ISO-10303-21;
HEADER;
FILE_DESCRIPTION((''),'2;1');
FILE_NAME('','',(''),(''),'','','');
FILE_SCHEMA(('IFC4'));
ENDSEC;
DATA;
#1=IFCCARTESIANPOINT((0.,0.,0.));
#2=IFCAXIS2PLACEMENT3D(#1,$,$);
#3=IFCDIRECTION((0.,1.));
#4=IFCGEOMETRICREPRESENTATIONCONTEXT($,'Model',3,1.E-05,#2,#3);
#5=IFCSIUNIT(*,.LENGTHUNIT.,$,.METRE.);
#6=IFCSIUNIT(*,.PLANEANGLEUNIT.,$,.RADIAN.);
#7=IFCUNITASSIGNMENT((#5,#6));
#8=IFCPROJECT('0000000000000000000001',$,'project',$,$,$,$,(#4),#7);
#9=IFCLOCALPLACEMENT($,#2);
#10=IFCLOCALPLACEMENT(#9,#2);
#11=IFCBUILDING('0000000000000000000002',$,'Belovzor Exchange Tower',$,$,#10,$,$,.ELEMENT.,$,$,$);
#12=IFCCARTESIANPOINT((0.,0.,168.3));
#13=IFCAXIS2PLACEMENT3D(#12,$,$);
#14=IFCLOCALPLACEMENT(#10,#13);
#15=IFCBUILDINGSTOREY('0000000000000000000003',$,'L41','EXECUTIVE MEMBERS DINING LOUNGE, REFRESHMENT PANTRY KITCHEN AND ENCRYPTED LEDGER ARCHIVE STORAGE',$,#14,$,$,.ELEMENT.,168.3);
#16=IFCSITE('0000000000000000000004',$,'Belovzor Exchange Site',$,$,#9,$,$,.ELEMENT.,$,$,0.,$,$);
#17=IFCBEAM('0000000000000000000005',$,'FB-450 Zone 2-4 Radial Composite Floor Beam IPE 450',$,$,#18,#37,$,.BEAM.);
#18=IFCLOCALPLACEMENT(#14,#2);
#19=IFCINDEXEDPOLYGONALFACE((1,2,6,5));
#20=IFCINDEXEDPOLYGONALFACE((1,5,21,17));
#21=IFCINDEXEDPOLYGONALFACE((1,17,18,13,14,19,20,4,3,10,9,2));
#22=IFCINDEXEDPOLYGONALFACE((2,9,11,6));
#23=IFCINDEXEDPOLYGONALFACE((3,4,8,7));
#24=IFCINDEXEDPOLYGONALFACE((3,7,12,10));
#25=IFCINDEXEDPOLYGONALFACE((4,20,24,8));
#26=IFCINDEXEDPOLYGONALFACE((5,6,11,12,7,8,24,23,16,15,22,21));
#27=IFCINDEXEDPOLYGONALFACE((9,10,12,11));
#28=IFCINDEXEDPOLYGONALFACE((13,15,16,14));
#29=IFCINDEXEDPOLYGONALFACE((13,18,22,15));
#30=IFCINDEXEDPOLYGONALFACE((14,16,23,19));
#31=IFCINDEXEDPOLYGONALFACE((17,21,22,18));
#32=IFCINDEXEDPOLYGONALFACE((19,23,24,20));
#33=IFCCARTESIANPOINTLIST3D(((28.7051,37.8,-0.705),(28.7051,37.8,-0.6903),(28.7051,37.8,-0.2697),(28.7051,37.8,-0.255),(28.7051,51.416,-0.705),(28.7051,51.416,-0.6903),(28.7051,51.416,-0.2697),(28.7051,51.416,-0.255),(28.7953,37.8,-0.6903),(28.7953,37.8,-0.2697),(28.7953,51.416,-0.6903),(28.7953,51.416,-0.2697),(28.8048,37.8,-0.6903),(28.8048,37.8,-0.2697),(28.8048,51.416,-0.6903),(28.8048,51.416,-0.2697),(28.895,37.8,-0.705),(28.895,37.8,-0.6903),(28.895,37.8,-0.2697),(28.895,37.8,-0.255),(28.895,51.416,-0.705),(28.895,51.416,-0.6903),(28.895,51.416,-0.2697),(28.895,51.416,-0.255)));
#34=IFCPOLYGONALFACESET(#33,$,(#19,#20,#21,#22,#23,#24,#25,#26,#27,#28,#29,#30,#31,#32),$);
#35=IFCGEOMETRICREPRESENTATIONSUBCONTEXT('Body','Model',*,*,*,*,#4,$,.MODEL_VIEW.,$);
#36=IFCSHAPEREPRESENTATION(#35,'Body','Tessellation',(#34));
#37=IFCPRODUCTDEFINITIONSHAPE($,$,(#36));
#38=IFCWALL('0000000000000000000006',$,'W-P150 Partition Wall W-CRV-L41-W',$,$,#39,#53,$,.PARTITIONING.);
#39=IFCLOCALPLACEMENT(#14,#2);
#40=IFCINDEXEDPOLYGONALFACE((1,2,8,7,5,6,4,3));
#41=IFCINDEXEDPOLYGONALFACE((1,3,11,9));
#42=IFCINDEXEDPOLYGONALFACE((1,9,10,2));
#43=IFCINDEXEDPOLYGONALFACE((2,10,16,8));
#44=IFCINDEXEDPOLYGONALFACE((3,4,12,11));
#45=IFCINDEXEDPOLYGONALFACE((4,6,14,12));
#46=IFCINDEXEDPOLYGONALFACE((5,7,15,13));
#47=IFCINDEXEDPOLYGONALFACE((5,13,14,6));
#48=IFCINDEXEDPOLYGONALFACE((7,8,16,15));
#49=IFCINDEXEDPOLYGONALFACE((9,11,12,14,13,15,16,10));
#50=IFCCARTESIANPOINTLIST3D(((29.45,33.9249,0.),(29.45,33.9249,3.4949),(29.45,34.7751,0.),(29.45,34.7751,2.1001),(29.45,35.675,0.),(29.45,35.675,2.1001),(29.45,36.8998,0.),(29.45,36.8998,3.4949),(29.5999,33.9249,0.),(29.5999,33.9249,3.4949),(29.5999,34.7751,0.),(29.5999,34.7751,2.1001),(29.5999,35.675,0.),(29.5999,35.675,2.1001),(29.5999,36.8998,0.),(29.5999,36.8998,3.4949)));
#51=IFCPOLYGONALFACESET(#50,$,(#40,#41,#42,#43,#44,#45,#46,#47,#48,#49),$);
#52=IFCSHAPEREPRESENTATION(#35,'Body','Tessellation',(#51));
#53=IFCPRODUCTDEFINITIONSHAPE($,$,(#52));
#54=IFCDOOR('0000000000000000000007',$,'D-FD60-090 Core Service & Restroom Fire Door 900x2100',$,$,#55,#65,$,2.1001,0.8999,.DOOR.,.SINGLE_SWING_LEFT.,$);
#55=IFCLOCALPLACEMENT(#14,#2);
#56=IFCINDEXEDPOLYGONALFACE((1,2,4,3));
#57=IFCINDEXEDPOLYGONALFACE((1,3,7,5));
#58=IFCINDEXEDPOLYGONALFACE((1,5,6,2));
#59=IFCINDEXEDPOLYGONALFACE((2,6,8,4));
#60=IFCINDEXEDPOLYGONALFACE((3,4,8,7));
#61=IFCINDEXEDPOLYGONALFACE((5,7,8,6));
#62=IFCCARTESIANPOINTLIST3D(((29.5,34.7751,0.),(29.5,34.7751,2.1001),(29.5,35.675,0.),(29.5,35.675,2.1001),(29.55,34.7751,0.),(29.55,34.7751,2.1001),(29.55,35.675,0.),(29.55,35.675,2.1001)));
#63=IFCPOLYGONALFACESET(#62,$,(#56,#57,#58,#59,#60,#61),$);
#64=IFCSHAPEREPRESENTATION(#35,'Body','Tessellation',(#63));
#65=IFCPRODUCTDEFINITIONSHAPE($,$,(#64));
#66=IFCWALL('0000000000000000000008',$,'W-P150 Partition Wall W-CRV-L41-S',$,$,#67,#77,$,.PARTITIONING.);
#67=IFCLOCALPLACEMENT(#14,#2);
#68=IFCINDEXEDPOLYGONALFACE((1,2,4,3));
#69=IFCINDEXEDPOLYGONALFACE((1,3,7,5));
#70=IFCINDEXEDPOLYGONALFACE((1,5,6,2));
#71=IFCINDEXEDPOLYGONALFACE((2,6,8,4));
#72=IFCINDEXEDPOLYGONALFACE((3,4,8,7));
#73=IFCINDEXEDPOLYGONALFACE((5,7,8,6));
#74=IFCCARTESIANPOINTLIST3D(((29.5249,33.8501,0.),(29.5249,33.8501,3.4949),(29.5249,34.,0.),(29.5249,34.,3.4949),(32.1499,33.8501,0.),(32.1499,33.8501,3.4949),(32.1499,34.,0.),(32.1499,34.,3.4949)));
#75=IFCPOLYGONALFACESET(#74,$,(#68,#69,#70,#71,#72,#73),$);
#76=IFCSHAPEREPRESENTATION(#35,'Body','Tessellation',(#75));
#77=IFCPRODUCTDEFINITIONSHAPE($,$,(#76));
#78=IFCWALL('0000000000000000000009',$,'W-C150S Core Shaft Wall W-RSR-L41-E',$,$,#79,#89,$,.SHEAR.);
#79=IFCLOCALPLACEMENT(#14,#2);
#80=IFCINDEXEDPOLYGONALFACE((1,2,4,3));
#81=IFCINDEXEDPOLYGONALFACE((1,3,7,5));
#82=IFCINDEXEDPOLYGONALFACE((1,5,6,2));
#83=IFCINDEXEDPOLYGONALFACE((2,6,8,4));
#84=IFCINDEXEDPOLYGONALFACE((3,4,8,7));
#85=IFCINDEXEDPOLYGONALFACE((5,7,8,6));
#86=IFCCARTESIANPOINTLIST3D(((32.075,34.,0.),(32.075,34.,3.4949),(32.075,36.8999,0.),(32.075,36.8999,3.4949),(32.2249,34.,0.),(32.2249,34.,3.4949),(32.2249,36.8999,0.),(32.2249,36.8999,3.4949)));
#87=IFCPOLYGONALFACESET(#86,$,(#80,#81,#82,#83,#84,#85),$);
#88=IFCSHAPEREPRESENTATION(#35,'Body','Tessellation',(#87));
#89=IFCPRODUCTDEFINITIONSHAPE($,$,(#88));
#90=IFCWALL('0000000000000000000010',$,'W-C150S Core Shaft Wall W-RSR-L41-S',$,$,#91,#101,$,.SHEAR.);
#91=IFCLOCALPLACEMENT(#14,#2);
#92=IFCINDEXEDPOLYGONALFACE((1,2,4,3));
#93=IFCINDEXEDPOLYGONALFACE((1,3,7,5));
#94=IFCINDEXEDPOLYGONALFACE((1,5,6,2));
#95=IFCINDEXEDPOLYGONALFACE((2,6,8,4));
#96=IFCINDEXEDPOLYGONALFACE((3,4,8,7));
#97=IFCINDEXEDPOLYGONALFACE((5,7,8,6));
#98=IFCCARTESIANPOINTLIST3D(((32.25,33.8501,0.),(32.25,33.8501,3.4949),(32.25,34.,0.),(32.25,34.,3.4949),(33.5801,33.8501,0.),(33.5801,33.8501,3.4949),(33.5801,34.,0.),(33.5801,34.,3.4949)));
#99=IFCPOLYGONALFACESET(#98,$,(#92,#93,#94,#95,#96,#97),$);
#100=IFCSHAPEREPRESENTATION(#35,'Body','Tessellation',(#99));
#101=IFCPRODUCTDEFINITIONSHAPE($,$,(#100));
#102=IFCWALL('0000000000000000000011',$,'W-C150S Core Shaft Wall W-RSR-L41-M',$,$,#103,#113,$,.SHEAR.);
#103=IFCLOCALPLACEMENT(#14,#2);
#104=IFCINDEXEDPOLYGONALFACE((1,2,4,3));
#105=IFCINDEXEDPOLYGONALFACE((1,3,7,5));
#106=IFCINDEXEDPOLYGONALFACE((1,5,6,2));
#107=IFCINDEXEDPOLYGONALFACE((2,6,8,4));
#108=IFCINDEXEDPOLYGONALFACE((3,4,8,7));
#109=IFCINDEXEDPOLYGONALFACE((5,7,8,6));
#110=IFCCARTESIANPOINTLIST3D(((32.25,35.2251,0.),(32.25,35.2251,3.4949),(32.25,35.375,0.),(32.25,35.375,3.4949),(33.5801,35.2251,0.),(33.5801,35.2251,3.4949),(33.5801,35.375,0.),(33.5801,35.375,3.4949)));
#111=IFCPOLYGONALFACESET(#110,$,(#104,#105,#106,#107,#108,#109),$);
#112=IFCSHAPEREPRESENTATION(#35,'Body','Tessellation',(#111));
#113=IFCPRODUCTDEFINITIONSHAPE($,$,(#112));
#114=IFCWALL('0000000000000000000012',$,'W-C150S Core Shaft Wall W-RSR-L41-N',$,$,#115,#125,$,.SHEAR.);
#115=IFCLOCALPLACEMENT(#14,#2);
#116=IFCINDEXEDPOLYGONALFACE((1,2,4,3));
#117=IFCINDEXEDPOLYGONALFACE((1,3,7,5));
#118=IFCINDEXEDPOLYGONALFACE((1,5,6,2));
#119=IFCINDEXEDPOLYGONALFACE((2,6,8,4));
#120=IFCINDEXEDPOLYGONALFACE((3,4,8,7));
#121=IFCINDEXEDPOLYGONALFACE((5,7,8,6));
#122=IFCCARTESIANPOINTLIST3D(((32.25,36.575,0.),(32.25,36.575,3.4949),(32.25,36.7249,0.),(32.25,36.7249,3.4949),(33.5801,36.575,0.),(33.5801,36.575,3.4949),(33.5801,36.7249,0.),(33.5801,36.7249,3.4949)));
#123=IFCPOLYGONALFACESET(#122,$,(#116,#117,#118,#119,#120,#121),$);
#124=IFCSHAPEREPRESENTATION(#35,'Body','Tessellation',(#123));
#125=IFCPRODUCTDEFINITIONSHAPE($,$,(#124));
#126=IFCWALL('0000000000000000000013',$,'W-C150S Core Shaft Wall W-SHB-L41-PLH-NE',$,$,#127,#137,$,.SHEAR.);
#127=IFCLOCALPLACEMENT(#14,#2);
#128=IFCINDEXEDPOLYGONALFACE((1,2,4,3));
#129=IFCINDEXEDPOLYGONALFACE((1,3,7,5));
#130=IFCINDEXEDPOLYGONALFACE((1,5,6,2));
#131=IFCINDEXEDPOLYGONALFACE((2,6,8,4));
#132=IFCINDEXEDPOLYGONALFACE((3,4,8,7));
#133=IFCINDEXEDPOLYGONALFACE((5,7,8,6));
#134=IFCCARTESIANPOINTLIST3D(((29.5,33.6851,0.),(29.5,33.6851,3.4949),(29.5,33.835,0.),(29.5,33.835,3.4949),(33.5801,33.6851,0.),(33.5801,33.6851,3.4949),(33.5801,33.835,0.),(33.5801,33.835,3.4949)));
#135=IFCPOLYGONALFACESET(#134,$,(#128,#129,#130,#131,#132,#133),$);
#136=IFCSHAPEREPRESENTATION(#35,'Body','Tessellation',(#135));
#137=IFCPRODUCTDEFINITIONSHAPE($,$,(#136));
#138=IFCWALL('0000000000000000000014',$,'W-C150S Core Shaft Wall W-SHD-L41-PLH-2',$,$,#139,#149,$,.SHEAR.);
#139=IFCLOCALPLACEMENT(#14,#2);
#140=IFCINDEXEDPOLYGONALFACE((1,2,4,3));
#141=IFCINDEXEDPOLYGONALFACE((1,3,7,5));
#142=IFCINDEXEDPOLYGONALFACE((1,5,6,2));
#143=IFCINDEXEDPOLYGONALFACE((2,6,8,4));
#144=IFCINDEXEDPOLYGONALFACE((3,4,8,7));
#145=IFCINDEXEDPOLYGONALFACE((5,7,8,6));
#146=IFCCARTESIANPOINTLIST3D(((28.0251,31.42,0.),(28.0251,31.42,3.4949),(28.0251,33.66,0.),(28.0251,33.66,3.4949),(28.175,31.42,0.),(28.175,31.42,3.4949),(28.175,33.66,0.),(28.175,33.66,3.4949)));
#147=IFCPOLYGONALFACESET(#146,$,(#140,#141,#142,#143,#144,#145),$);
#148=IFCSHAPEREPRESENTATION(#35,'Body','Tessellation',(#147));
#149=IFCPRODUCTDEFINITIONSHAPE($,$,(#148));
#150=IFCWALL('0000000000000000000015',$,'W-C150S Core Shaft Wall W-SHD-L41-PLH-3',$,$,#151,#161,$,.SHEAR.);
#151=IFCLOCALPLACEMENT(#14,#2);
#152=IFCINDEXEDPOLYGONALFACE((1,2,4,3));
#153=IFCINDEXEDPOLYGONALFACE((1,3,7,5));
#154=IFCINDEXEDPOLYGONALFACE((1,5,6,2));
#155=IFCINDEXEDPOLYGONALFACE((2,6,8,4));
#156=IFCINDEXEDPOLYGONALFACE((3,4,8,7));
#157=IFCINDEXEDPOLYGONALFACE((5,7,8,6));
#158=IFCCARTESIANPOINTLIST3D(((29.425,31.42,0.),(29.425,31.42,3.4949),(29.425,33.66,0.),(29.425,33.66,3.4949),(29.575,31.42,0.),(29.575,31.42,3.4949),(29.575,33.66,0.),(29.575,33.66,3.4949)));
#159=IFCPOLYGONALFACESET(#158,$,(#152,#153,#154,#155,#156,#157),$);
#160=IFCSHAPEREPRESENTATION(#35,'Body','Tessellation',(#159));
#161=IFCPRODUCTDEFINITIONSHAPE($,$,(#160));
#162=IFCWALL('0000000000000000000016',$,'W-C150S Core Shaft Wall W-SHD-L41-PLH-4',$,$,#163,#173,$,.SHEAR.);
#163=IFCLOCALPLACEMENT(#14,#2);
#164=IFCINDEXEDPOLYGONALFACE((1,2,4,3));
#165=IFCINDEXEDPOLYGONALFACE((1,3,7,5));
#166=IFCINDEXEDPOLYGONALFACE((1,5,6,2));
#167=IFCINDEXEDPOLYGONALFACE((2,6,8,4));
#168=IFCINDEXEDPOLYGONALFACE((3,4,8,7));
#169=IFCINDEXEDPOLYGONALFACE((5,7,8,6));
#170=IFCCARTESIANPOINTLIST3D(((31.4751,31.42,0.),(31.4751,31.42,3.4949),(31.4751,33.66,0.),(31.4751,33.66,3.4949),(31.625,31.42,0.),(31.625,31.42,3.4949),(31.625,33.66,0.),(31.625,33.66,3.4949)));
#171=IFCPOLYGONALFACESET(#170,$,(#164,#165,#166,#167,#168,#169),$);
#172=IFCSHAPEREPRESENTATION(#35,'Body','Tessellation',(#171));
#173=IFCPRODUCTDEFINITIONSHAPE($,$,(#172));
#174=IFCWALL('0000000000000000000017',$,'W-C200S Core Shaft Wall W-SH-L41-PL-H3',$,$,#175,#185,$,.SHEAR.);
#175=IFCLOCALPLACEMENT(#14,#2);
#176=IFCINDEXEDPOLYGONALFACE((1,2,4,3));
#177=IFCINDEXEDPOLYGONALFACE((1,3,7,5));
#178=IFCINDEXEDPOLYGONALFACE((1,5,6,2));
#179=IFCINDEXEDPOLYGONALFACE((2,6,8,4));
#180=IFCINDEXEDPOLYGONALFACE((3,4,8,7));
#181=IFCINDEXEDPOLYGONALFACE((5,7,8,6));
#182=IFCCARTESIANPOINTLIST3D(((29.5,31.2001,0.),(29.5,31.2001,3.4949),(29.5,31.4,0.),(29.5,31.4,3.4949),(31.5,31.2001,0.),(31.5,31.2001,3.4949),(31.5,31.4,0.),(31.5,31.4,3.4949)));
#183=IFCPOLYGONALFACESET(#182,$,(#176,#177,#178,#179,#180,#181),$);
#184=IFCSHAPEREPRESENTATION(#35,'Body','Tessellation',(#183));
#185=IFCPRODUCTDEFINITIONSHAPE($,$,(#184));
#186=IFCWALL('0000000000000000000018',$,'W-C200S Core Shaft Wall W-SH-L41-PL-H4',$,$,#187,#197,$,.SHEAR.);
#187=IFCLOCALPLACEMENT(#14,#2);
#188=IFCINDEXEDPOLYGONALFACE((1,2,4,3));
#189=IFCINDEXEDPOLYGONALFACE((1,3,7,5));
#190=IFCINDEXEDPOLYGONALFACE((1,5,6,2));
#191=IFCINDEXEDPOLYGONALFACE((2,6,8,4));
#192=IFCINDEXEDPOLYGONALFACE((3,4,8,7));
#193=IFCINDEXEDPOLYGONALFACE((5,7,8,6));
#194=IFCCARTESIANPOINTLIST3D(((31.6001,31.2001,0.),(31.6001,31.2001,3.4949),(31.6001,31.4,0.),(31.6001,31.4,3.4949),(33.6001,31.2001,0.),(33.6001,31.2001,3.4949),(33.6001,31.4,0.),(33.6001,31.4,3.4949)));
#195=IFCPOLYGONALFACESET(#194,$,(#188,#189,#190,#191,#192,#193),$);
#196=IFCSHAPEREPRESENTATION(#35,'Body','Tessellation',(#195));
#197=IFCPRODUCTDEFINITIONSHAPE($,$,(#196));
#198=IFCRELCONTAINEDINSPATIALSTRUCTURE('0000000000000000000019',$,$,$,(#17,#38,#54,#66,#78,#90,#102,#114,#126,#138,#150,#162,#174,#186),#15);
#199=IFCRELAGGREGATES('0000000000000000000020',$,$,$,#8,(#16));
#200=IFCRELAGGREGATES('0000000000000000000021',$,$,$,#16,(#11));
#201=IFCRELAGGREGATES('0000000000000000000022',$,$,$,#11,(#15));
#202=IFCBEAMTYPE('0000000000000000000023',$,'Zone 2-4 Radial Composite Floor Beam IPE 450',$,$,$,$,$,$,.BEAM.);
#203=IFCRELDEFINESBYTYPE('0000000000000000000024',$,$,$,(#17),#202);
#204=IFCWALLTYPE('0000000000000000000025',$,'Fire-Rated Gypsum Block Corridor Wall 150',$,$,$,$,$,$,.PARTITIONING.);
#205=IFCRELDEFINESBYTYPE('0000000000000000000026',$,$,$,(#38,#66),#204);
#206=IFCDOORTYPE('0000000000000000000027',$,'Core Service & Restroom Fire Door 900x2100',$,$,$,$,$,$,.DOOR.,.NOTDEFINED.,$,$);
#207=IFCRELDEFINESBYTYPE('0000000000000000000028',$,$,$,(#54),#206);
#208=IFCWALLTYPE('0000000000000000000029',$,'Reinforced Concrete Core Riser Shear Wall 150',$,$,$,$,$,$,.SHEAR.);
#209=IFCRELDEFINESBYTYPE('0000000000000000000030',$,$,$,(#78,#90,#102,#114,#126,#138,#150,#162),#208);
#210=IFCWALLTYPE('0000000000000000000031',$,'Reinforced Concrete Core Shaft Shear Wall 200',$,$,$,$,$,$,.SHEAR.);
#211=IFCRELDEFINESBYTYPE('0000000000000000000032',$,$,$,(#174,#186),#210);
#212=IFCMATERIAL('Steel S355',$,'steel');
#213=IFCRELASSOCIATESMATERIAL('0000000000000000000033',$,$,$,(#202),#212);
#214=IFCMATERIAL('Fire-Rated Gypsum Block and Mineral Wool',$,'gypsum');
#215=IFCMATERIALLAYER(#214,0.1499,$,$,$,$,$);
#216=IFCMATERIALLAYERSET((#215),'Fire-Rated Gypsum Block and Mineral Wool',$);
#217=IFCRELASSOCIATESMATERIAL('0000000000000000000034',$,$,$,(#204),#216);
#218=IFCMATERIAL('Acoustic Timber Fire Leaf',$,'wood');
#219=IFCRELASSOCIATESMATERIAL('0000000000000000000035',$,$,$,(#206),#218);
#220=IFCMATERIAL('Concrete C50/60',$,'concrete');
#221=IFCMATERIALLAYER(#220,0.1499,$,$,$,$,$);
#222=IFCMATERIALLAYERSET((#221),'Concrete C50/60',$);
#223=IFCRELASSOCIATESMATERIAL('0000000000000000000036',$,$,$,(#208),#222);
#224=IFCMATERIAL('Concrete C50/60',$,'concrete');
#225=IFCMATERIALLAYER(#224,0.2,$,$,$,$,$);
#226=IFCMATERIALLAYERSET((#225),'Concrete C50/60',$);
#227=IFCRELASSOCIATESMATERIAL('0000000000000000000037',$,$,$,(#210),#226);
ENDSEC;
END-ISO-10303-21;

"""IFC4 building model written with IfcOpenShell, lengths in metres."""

from ifc_helpers import new_model, si_unit, direction, frame, frame_2d, origin, origin_2d, place, context, subcontext, project, spatial, rectangle, i_section, extrude, material, layer, layer_set, material_profile, profile_set, type_object, element, fill, save


model = new_model("IFC4")

# Units and contexts
model_context = context("Model", 3, precision=1e-05, world=origin(), true_north=direction((0.0, 1.0)))
body_context = subcontext(model_context, "Body", "Model", "MODEL_VIEW")
ifc_project = project(units=[si_unit("LENGTHUNIT", "METRE"), si_unit("PLANEANGLEUNIT", "RADIAN")], contexts=[model_context])

# Site, building, storey
site_placement = place(None, origin())
site = spatial("IfcSite", under=ifc_project, at=site_placement, Name="Belovzor Exchange Site", CompositionType="ELEMENT", RefElevation=0.0)
building_placement = place(site_placement, origin())
building = spatial("IfcBuilding", under=site, at=building_placement, Name="Belovzor Exchange Tower", CompositionType="ELEMENT")
storey_placement = place(building_placement, frame((0.0, 0.0, 168.3)))
storey = spatial("IfcBuildingStorey", under=building, at=storey_placement, Name="L41", Description="EXECUTIVE MEMBERS DINING LOUNGE, REFRESHMENT PANTRY KITCHEN AND ENCRYPTED LEDGER ARCHIVE STORAGE", CompositionType="ELEMENT", Elevation=168.3)

# Beam
ifc_material_1 = material(Name="Steel S355", Category="steel")
ifc_material_profile = material_profile(ifc_material_1, i_section(OverallWidth=0.1899, OverallDepth=0.45, WebThickness=0.0095, FlangeThickness=0.0146, at=origin_2d()))
ifc_profile_set = profile_set([ifc_material_profile], Name="Steel S355")
beam_type = type_object("IfcBeamType", Name="Zone 2-4 Radial Composite Floor Beam IPE 450", PredefinedType="BEAM", material=ifc_profile_set)
beam_placement = place(storey_placement, frame((28.8, 37.8, -0.48), z_axis=(0.0, 1.0, 0.0), x_axis=(-1.0, 0.0, 0.0)))
element("IfcBeam", 1, at=beam_placement, inside=storey, type_object=beam_type, Name="FB-450 Zone 2-4 Radial Composite Floor Beam IPE 450", PredefinedType="BEAM", context=body_context, shape_type="SweptSolid", body=[
    extrude(i_section(OverallWidth=0.1899, OverallDepth=0.45, WebThickness=0.0095, FlangeThickness=0.0146, at=origin_2d()), origin(), (0.0, 0.0, 1.0), 13.616),
])

# Wall, opening, door
ifc_material_2 = material(Name="Fire-Rated Gypsum Block and Mineral Wool", Category="gypsum")
ifc_layer_1 = layer(ifc_material_2, 0.1499)
ifc_layer_set_1 = layer_set([ifc_layer_1], Name="Fire-Rated Gypsum Block and Mineral Wool")
wall_type_1 = type_object("IfcWallType", Name="Fire-Rated Gypsum Block Corridor Wall 150", PredefinedType="PARTITIONING", material=ifc_layer_set_1)
wall_1_placement = place(storey_placement, frame((29.5249, 33.925, 0.0), z_axis=(0.0, 0.0, 1.0), x_axis=(0.0, 1.0, 0.0)))
wall_1 = element("IfcWall", 2, at=wall_1_placement, inside=storey, type_object=wall_type_1, Name="W-P150 Partition Wall W-CRV-L41-W", PredefinedType="PARTITIONING", context=body_context, shape_type="SweptSolid", body=[
    extrude(rectangle(XDim=2.9749, YDim=0.1499, at=frame_2d((1.4873, 0.0))), origin(), (0.0, 0.0, 1.0), 3.4949),
])
opening_placement = place(wall_1_placement, frame((0.8501, 0.0, 0.0)))
opening = element("IfcOpeningElement", 3, at=opening_placement, cuts=wall_1, PredefinedType="OPENING", context=body_context, shape_type="SweptSolid", body=[
    extrude(rectangle(XDim=0.8999, YDim=2.1001, at=frame_2d((0.45, 1.05))), frame((0.0, 0.085, 0.0), z_axis=(0.0, -1.0, 0.0), x_axis=(1.0, 0.0, 0.0)), (0.0, 0.0, 1.0), 0.1699),
])
ifc_material_3 = material(Name="Acoustic Timber Fire Leaf", Category="wood")
door_type = type_object("IfcDoorType", Name="Core Service & Restroom Fire Door 900x2100", OperationType="NOTDEFINED", PredefinedType="DOOR", material=ifc_material_3)
door_placement = place(opening_placement, origin())
door = element("IfcDoor", 4, at=door_placement, inside=storey, type_object=door_type, Name="D-FD60-090 Core Service & Restroom Fire Door 900x2100", OperationType="SINGLE_SWING_LEFT", OverallHeight=2.1001, OverallWidth=0.8999, PredefinedType="DOOR", context=body_context, shape_type="SweptSolid", body=[
    extrude(rectangle(XDim=0.8999, YDim=2.1001, at=frame_2d((0.45, 1.05))), frame((0.0, 0.0249, 0.0), z_axis=(0.0, -1.0, 0.0), x_axis=(1.0, 0.0, 0.0)), (0.0, 0.0, 1.0), 0.05),
])
fill(opening, door)

# Walls
wall_2_placement = place(storey_placement, frame((29.5249, 33.925, 0.0), z_axis=(0.0, 0.0, 1.0), x_axis=(1.0, 0.0, 0.0)))
element("IfcWall", 5, at=wall_2_placement, inside=storey, type_object=wall_type_1, Name="W-P150 Partition Wall W-CRV-L41-S", PredefinedType="PARTITIONING", context=body_context, shape_type="SweptSolid", body=[
    extrude(rectangle(XDim=2.625, YDim=0.1499, at=frame_2d((1.3125, 0.0))), origin(), (0.0, 0.0, 1.0), 3.4949),
])
ifc_material_4 = material(Name="Concrete C50/60", Category="concrete")
ifc_layer_2 = layer(ifc_material_4, 0.1499)
ifc_layer_set_2 = layer_set([ifc_layer_2], Name="Concrete C50/60")
wall_type_2 = type_object("IfcWallType", Name="Reinforced Concrete Core Riser Shear Wall 150", PredefinedType="SHEAR", material=ifc_layer_set_2)
wall_3_placement = place(storey_placement, frame((32.1499, 34.0, 0.0), z_axis=(0.0, 0.0, 1.0), x_axis=(0.0, 1.0, 0.0)))
element("IfcWall", 6, at=wall_3_placement, inside=storey, type_object=wall_type_2, Name="W-C150S Core Shaft Wall W-RSR-L41-E", PredefinedType="SHEAR", context=body_context, shape_type="SweptSolid", body=[
    extrude(rectangle(XDim=2.8999, YDim=0.1499, at=frame_2d((1.45, 0.0))), origin(), (0.0, 0.0, 1.0), 3.4949),
])
for number, where, z_axis, x_axis, name in (
    (7, (32.25, 33.925, 0.0), (0.0, 0.0, 1.0), (1.0, 0.0, 0.0), "W-C150S Core Shaft Wall W-RSR-L41-S"),
    (8, (32.25, 35.3, 0.0), (0.0, 0.0, 1.0), (1.0, 0.0, 0.0), "W-C150S Core Shaft Wall W-RSR-L41-M"),
    (9, (32.25, 36.6499, 0.0), (0.0, 0.0, 1.0), (1.0, 0.0, 0.0), "W-C150S Core Shaft Wall W-RSR-L41-N"),
):
    element("IfcWall", number, at=place(storey_placement, frame(where, z_axis=z_axis, x_axis=x_axis)), inside=storey, type_object=wall_type_2, Name=name, PredefinedType="SHEAR", context=body_context, shape_type="SweptSolid", body=[
        extrude(rectangle(XDim=1.3301, YDim=0.1499, at=frame_2d((0.665, 0.0))), origin(), (0.0, 0.0, 1.0), 3.4949),
    ])
wall_4_placement = place(storey_placement, frame((29.5, 33.76, 0.0), z_axis=(0.0, 0.0, 1.0), x_axis=(1.0, 0.0, 0.0)))
element("IfcWall", 10, at=wall_4_placement, inside=storey, type_object=wall_type_2, Name="W-C150S Core Shaft Wall W-SHB-L41-PLH-NE", PredefinedType="SHEAR", context=body_context, shape_type="SweptSolid", body=[
    extrude(rectangle(XDim=4.0801, YDim=0.1499, at=frame_2d((2.04, 0.0))), origin(), (0.0, 0.0, 1.0), 3.4949),
])
for number, where, z_axis, x_axis, name in (
    (11, (28.1001, 31.4199, 0.0), (0.0, 0.0, 1.0), (0.0, 1.0, 0.0), "W-C150S Core Shaft Wall W-SHD-L41-PLH-2"),
    (12, (29.5, 31.4199, 0.0), (0.0, 0.0, 1.0), (0.0, 1.0, 0.0), "W-C150S Core Shaft Wall W-SHD-L41-PLH-3"),
    (13, (31.55, 31.4199, 0.0), (0.0, 0.0, 1.0), (0.0, 1.0, 0.0), "W-C150S Core Shaft Wall W-SHD-L41-PLH-4"),
):
    element("IfcWall", number, at=place(storey_placement, frame(where, z_axis=z_axis, x_axis=x_axis)), inside=storey, type_object=wall_type_2, Name=name, PredefinedType="SHEAR", context=body_context, shape_type="SweptSolid", body=[
        extrude(rectangle(XDim=2.24, YDim=0.1499, at=frame_2d((1.1201, 0.0))), origin(), (0.0, 0.0, 1.0), 3.4949),
    ])
ifc_material_5 = material(Name="Concrete C50/60", Category="concrete")
ifc_layer_3 = layer(ifc_material_5, 0.2)
ifc_layer_set_3 = layer_set([ifc_layer_3], Name="Concrete C50/60")
wall_type_3 = type_object("IfcWallType", Name="Reinforced Concrete Core Shaft Shear Wall 200", PredefinedType="SHEAR", material=ifc_layer_set_3)
for number, where, z_axis, x_axis, name in (
    (14, (29.5, 31.3, 0.0), (0.0, 0.0, 1.0), (1.0, 0.0, 0.0), "W-C200S Core Shaft Wall W-SH-L41-PL-H3"),
    (15, (31.6001, 31.3, 0.0), (0.0, 0.0, 1.0), (1.0, 0.0, 0.0), "W-C200S Core Shaft Wall W-SH-L41-PL-H4"),
):
    element("IfcWall", number, at=place(storey_placement, frame(where, z_axis=z_axis, x_axis=x_axis)), inside=storey, type_object=wall_type_3, Name=name, PredefinedType="SHEAR", context=body_context, shape_type="SweptSolid", body=[
        extrude(rectangle(XDim=2.0, YDim=0.2, at=frame_2d((1.0, 0.0))), origin(), (0.0, 0.0, 1.0), 3.4949),
    ])

save(model, "model.ifc")
